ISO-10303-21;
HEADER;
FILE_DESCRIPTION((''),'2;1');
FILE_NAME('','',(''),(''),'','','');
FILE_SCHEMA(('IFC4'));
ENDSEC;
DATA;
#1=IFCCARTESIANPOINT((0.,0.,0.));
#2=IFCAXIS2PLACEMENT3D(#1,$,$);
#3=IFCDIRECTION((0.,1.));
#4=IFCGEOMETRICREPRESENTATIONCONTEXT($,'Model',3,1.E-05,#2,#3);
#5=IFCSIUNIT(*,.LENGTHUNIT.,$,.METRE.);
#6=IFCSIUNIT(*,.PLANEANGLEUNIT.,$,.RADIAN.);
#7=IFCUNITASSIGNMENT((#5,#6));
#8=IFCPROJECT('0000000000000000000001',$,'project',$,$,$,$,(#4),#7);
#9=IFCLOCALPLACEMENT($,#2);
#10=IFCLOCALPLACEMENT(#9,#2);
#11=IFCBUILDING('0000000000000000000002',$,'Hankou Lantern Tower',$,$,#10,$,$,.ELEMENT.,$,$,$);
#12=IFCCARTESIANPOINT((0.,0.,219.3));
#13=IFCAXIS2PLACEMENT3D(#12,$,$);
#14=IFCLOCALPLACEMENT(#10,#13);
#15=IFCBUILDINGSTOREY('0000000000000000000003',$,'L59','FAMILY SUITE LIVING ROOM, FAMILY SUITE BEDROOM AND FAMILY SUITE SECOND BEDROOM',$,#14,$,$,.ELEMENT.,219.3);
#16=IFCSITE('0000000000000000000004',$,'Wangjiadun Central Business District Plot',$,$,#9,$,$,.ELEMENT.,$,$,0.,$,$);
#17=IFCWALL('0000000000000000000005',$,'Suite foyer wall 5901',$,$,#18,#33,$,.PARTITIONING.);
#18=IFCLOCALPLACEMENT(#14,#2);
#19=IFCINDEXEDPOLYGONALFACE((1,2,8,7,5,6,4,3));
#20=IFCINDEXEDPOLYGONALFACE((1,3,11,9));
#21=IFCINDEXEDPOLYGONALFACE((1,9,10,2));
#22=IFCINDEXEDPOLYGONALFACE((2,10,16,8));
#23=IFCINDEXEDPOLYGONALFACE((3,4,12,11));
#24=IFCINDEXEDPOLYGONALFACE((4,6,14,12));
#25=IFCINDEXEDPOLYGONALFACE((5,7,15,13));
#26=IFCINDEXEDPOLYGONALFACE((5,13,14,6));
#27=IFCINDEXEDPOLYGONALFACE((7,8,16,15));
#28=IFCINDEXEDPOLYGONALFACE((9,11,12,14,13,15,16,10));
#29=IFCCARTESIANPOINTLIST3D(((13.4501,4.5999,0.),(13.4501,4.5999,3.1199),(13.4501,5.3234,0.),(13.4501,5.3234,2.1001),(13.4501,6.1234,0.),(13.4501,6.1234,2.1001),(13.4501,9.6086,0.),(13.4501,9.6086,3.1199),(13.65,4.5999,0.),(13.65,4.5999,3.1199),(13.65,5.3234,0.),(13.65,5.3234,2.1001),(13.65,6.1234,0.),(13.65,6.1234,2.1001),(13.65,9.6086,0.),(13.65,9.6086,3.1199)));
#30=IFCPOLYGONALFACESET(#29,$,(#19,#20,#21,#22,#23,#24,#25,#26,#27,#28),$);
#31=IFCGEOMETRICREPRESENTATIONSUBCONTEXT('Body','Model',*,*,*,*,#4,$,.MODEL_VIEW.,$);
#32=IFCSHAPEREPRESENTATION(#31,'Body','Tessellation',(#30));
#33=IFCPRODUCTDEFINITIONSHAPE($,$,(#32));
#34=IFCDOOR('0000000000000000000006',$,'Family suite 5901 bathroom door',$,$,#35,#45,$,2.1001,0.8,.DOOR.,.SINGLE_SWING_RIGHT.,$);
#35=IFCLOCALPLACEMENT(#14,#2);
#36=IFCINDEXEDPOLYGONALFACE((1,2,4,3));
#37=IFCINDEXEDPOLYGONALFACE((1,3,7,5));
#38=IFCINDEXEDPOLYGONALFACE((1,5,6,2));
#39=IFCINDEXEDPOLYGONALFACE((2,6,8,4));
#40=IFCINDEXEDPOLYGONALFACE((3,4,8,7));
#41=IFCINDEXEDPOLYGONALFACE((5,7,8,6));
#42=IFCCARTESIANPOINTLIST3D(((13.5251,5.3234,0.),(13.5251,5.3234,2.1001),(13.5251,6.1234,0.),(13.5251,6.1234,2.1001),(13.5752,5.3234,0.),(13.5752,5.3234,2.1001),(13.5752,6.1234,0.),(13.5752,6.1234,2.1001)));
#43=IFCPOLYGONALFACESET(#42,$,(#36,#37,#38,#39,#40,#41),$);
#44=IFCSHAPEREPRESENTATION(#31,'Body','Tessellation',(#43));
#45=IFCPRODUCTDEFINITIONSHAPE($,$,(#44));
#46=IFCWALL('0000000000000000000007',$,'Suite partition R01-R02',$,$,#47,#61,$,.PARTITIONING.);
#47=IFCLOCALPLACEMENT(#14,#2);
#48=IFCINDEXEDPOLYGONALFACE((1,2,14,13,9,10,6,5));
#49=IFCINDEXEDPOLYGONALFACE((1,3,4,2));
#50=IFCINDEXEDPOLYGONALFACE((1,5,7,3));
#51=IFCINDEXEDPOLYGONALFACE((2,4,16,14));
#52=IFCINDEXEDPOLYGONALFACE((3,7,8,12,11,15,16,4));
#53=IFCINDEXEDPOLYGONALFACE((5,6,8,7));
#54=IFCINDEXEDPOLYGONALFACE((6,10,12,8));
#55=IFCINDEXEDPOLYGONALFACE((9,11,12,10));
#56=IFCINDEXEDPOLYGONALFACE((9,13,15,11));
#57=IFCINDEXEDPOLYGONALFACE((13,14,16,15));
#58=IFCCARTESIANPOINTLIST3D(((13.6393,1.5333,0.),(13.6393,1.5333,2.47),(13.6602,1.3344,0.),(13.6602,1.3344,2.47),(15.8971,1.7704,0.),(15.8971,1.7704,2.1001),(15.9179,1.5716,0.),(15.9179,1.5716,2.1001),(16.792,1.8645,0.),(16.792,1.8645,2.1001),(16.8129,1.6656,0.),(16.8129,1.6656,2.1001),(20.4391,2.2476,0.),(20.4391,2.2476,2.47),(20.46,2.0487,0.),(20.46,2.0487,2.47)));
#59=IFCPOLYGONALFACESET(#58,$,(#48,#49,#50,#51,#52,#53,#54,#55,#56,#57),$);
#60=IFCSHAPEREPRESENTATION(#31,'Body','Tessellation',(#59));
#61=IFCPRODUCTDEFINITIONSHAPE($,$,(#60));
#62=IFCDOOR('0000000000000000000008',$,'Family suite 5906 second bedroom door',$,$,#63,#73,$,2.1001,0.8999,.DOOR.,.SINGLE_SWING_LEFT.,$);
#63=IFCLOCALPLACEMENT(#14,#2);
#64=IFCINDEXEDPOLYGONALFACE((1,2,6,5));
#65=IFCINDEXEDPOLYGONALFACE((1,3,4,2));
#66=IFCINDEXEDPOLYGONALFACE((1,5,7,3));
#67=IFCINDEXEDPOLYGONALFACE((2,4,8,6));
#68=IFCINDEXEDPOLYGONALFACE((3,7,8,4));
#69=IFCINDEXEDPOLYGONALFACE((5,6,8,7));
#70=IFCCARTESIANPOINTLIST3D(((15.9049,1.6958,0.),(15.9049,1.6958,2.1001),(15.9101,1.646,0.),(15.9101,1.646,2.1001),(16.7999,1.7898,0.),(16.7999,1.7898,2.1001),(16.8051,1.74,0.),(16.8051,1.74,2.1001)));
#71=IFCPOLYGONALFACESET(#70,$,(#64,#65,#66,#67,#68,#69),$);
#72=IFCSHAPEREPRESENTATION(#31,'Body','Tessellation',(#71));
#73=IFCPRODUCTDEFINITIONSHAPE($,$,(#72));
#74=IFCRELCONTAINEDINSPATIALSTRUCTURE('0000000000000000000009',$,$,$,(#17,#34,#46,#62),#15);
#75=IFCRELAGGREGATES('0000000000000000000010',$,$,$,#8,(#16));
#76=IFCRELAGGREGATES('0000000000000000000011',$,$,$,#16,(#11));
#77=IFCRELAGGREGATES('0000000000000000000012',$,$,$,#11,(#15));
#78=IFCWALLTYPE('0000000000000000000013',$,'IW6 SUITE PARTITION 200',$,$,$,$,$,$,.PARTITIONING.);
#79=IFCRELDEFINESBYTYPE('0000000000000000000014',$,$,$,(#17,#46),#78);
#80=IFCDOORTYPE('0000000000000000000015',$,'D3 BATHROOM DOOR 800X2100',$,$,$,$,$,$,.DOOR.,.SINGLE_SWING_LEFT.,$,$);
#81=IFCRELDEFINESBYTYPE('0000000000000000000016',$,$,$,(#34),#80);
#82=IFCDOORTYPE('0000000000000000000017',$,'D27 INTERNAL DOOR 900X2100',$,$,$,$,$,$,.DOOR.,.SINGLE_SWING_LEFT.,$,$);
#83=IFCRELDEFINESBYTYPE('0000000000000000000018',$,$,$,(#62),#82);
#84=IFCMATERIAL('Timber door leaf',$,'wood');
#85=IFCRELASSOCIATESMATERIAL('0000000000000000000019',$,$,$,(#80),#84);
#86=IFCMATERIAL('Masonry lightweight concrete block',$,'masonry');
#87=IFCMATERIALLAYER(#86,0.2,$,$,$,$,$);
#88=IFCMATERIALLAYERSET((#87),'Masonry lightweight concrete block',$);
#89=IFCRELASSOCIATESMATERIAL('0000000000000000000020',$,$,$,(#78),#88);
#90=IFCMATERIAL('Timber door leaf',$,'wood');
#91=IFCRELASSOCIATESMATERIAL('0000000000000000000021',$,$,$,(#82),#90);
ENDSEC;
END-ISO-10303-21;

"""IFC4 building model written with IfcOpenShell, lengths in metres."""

from ifc_helpers import new_model, si_unit, direction, frame, frame_2d, origin, place, context, subcontext, project, spatial, rectangle, extrude, material, layer, layer_set, type_object, element, fill, save


model = new_model("IFC4")

# Units and contexts
model_context = context("Model", 3, precision=1e-05, world=origin(), true_north=direction((0.0, 1.0)))
body_context = subcontext(model_context, "Body", "Model", "MODEL_VIEW")
ifc_project = project(units=[si_unit("LENGTHUNIT", "METRE"), si_unit("PLANEANGLEUNIT", "RADIAN")], contexts=[model_context])

# Site, building, storey
site_placement = place(None, origin())
site = spatial("IfcSite", under=ifc_project, at=site_placement, Name="Wangjiadun Central Business District Plot", CompositionType="ELEMENT", RefElevation=0.0)
building_placement = place(site_placement, origin())
building = spatial("IfcBuilding", under=site, at=building_placement, Name="Hankou Lantern Tower", CompositionType="ELEMENT")
storey_placement = place(building_placement, frame((0.0, 0.0, 219.3)))
storey = spatial("IfcBuildingStorey", under=building, at=storey_placement, Name="L59", Description="FAMILY SUITE LIVING ROOM, FAMILY SUITE BEDROOM AND FAMILY SUITE SECOND BEDROOM", CompositionType="ELEMENT", Elevation=219.3)

# Shared definitions
ifc_material_1 = material(Name="Timber door leaf", Category="wood")
door_type_1 = type_object("IfcDoorType", Name="D3 BATHROOM DOOR 800X2100", OperationType="SINGLE_SWING_LEFT", PredefinedType="DOOR", material=ifc_material_1)

# Walls, openings, doors
ifc_material_2 = material(Name="Masonry lightweight concrete block", Category="masonry")
ifc_layer_1 = layer(ifc_material_2, 0.2)
ifc_layer_set_1 = layer_set([ifc_layer_1], Name="Masonry lightweight concrete block")
wall_type_1 = type_object("IfcWallType", Name="IW6 SUITE PARTITION 200", PredefinedType="PARTITIONING", material=ifc_layer_set_1)
wall_1_placement = place(storey_placement, frame((13.55, 4.5999, 0.0), z_axis=(0.0, 0.0, 1.0), x_axis=(0.0, 1.0, 0.0)))
wall_1 = element("IfcWall", 1, at=wall_1_placement, inside=storey, type_object=wall_type_1, Name="Suite foyer wall 5901", PredefinedType="PARTITIONING", context=body_context, shape_type="SweptSolid", body=[
    extrude(rectangle(XDim=5.0088, YDim=0.2, at=frame_2d((2.5044, 0.0))), origin(), (0.0, 0.0, 1.0), 3.1199),
])
opening_1_placement = place(wall_1_placement, frame((0.7236, 0.0, 0.0)))
opening_1 = element("IfcOpeningElement", 2, at=opening_1_placement, cuts=wall_1, PredefinedType="OPENING", context=body_context, shape_type="SweptSolid", body=[
    extrude(rectangle(XDim=0.8, YDim=2.1001, at=frame_2d((0.3999, 1.05))), frame((0.0, 0.1099, 0.0), z_axis=(0.0, -1.0, 0.0), x_axis=(1.0, 0.0, 0.0)), (0.0, 0.0, 1.0), 0.22),
])
door_1_placement = place(opening_1_placement, origin())
door_1 = element("IfcDoor", 3, at=door_1_placement, inside=storey, type_object=door_type_1, Name="Family suite 5901 bathroom door", OperationType="SINGLE_SWING_RIGHT", OverallHeight=2.1001, OverallWidth=0.8, PredefinedType="DOOR", context=body_context, shape_type="SweptSolid", body=[
    extrude(rectangle(XDim=0.8, YDim=2.1001, at=frame_2d((0.3999, 1.05))), frame((0.0, 0.0249, 0.0), z_axis=(0.0, -1.0, 0.0), x_axis=(1.0, 0.0, 0.0)), (0.0, 0.0, 1.0), 0.05),
])
fill(opening_1, door_1)
wall_2_placement = place(storey_placement, frame((13.6499, 1.4338, 0.0), z_axis=(0.0, 0.0, 1.0), x_axis=(0.994527, 0.10448, 0.0)))
wall_2 = element("IfcWall", 4, at=wall_2_placement, inside=storey, type_object=wall_type_1, Name="Suite partition R01-R02", PredefinedType="PARTITIONING", context=body_context, shape_type="SweptSolid", body=[
    extrude(rectangle(XDim=6.8372, YDim=0.2, at=frame_2d((3.4185, 0.0))), origin(), (0.0, 0.0, 1.0), 2.47),
])
opening_2_placement = place(wall_2_placement, frame((2.27, 0.0, 0.0)))
opening_2 = element("IfcOpeningElement", 5, at=opening_2_placement, cuts=wall_2, PredefinedType="OPENING", context=body_context, shape_type="SweptSolid", body=[
    extrude(rectangle(XDim=0.8999, YDim=2.1001, at=frame_2d((0.45, 1.05))), frame((0.0, 0.1099, 0.0), z_axis=(0.0, -1.0, 0.0), x_axis=(1.0, 0.0, 0.0)), (0.0, 0.0, 1.0), 0.22),
])
ifc_material_3 = material(Name="Timber door leaf", Category="wood")
door_type_2 = type_object("IfcDoorType", Name="D27 INTERNAL DOOR 900X2100", OperationType="SINGLE_SWING_LEFT", PredefinedType="DOOR", material=ifc_material_3)
door_2_placement = place(opening_2_placement, origin())
door_2 = element("IfcDoor", 6, at=door_2_placement, inside=storey, type_object=door_type_2, Name="Family suite 5906 second bedroom door", OperationType="SINGLE_SWING_LEFT", OverallHeight=2.1001, OverallWidth=0.8999, PredefinedType="DOOR", context=body_context, shape_type="SweptSolid", body=[
    extrude(rectangle(XDim=0.8999, YDim=2.1001, at=frame_2d((0.45, 1.05))), frame((0.0, 0.0249, 0.0), z_axis=(0.0, -1.0, 0.0), x_axis=(1.0, 0.0, 0.0)), (0.0, 0.0, 1.0), 0.05),
])
fill(opening_2, door_2)

save(model, "model.ifc")
